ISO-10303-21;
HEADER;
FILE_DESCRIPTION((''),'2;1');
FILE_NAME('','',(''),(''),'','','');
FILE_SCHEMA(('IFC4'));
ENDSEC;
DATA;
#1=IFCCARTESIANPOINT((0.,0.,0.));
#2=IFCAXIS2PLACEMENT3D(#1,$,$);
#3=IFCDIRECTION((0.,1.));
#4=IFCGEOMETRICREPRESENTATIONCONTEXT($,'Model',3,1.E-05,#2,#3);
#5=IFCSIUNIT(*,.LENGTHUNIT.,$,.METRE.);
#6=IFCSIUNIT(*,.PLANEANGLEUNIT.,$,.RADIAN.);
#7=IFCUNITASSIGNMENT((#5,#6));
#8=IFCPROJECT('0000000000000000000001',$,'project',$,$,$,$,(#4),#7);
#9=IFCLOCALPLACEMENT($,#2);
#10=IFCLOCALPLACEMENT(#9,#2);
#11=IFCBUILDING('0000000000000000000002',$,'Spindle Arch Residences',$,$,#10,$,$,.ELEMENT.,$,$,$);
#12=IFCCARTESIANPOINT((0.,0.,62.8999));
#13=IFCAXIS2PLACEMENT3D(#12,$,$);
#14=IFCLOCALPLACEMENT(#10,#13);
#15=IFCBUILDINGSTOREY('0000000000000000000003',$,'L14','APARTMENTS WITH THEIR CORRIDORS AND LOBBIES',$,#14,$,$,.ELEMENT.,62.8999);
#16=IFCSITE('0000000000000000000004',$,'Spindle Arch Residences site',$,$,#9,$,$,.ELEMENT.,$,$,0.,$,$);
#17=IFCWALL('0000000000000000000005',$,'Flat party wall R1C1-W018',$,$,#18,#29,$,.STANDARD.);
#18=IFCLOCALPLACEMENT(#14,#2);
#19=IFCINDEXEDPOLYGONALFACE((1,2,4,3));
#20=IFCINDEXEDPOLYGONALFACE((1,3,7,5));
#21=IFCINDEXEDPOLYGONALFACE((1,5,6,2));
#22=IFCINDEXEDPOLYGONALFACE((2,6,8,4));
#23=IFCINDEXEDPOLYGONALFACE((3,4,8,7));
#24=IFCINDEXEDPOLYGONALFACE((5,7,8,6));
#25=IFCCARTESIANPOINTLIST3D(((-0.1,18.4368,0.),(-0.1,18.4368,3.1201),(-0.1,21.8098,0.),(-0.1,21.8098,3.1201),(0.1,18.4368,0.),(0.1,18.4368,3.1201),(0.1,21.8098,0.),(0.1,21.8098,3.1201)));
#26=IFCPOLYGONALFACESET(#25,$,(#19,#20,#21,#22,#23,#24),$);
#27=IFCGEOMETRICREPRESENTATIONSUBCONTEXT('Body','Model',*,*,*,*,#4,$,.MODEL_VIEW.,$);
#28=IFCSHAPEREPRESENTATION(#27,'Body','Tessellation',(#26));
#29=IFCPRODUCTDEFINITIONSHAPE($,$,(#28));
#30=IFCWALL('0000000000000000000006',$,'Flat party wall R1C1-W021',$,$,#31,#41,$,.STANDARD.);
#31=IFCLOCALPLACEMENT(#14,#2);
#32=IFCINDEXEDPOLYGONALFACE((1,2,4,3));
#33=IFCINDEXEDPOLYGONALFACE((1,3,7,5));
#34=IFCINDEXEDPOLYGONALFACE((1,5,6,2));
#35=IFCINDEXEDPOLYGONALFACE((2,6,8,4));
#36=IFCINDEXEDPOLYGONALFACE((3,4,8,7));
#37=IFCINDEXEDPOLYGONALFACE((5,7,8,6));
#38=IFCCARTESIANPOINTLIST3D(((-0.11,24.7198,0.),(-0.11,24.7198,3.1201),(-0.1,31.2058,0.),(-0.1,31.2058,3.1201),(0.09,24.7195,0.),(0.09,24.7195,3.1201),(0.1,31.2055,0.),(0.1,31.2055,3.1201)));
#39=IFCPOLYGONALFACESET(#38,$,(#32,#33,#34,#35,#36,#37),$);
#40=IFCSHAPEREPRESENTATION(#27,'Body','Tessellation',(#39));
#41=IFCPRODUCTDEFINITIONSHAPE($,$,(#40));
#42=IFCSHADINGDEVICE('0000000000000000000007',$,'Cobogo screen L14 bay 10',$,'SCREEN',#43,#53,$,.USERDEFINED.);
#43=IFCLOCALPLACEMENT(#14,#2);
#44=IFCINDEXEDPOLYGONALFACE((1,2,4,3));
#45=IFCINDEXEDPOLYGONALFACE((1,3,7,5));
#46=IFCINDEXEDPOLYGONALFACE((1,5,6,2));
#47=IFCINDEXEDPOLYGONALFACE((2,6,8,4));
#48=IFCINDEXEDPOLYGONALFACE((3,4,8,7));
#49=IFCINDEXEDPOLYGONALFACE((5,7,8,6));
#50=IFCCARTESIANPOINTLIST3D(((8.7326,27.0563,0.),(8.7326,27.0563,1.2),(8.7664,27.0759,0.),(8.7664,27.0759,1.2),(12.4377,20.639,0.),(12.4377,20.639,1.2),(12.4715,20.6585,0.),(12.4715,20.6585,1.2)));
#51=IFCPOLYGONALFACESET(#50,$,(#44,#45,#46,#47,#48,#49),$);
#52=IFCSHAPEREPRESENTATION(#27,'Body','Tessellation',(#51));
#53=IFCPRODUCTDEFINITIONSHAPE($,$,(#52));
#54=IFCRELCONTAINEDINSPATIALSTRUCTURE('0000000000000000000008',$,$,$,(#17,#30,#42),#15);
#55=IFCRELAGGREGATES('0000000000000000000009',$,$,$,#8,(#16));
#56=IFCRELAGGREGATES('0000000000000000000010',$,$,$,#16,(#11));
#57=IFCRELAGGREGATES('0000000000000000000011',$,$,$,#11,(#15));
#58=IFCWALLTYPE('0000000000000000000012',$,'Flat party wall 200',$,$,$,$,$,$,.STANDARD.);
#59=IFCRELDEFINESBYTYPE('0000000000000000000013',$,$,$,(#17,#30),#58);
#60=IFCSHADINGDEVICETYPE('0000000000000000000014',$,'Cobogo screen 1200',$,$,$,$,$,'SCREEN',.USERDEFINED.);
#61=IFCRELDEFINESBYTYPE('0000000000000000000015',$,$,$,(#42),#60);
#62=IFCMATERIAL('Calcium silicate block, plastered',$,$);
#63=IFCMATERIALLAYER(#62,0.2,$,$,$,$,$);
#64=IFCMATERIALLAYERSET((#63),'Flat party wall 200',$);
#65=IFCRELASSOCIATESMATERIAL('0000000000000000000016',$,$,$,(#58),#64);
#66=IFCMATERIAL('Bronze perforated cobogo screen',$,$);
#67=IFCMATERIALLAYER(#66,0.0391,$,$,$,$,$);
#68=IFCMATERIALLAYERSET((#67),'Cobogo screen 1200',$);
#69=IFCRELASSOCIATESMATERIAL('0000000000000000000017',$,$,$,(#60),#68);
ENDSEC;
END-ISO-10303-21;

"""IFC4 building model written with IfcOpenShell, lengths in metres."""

from ifc_helpers import new_model, si_unit, direction, frame, frame_2d, origin, origin_2d, place, context, subcontext, project, spatial, rectangle, extrude, material, layer, layer_set, type_object, element, save


model = new_model("IFC4")

# Units and contexts
model_context = context("Model", 3, precision=1e-05, world=origin(), true_north=direction((0.0, 1.0)))
body_context = subcontext(model_context, "Body", "Model", "MODEL_VIEW")
ifc_project = project(units=[si_unit("LENGTHUNIT", "METRE"), si_unit("PLANEANGLEUNIT", "RADIAN")], contexts=[model_context])

# Site, building, storey
site_placement = place(None, origin())
site = spatial("IfcSite", under=ifc_project, at=site_placement, Name="Spindle Arch Residences site", CompositionType="ELEMENT", RefElevation=0.0)
building_placement = place(site_placement, origin())
building = spatial("IfcBuilding", under=site, at=building_placement, Name="Spindle Arch Residences", CompositionType="ELEMENT")
storey_placement = place(building_placement, frame((0.0, 0.0, 62.8999)))
storey = spatial("IfcBuildingStorey", under=building, at=storey_placement, Name="L14", Description="APARTMENTS WITH THEIR CORRIDORS AND LOBBIES", CompositionType="ELEMENT", Elevation=62.8999)

# Walls
ifc_material_1 = material(Name="Calcium silicate block, plastered")
ifc_layer_1 = layer(ifc_material_1, 0.2)
ifc_layer_set_1 = layer_set([ifc_layer_1], Name="Flat party wall 200")
wall_type_1 = type_object("IfcWallType", Name="Flat party wall 200", PredefinedType="STANDARD", material=ifc_layer_set_1)
wall_1_placement = place(storey_placement, frame((0.0, 21.8098, 0.0), z_axis=(0.0, 0.0, 1.0), x_axis=(0.0, -1.0, 0.0)))
element("IfcWall", 1, at=wall_1_placement, inside=storey, type_object=wall_type_1, Name="Flat party wall R1C1-W018", PredefinedType="STANDARD", context=body_context, shape_type="SweptSolid", body=[
    extrude(rectangle(XDim=3.373, YDim=0.2, at=frame_2d((1.6865, 0.0))), origin(), (0.0, 0.0, 1.0), 3.1201),
])
wall_2_placement = place(storey_placement, frame((0.0, 31.2058, 0.0), z_axis=(0.0, 0.0, 1.0), x_axis=(-0.001543, -0.999999, 0.0)))
element("IfcWall", 2, at=wall_2_placement, inside=storey, type_object=wall_type_1, Name="Flat party wall R1C1-W021", PredefinedType="STANDARD", context=body_context, shape_type="SweptSolid", body=[
    extrude(rectangle(XDim=6.4861, YDim=0.2, at=frame_2d((3.2432, 0.0))), origin(), (0.0, 0.0, 1.0), 3.1201),
])

# Shading device
ifc_material_2 = material(Name="Bronze perforated cobogo screen")
ifc_layer_2 = layer(ifc_material_2, 0.0391)
ifc_layer_set_2 = layer_set([ifc_layer_2], Name="Cobogo screen 1200")
shading_device_type = type_object("IfcShadingDeviceType", Name="Cobogo screen 1200", ElementType="SCREEN", PredefinedType="USERDEFINED", material=ifc_layer_set_2)
shading_device_placement = place(storey_placement, frame((10.6021, 23.8574, 0.0), z_axis=(0.0, 0.0, 1.0), x_axis=(-0.5, 0.866025, 0.0)))
element("IfcShadingDevice", 3, at=shading_device_placement, inside=storey, type_object=shading_device_type, Name="Cobogo screen L14 bay 10", ObjectType="SCREEN", PredefinedType="USERDEFINED", context=body_context, shape_type="SweptSolid", body=[
    extrude(rectangle(XDim=7.4102, YDim=0.0391, at=origin_2d()), origin(), (0.0, 0.0, 1.0), 1.2),
])

save(model, "model.ifc")
